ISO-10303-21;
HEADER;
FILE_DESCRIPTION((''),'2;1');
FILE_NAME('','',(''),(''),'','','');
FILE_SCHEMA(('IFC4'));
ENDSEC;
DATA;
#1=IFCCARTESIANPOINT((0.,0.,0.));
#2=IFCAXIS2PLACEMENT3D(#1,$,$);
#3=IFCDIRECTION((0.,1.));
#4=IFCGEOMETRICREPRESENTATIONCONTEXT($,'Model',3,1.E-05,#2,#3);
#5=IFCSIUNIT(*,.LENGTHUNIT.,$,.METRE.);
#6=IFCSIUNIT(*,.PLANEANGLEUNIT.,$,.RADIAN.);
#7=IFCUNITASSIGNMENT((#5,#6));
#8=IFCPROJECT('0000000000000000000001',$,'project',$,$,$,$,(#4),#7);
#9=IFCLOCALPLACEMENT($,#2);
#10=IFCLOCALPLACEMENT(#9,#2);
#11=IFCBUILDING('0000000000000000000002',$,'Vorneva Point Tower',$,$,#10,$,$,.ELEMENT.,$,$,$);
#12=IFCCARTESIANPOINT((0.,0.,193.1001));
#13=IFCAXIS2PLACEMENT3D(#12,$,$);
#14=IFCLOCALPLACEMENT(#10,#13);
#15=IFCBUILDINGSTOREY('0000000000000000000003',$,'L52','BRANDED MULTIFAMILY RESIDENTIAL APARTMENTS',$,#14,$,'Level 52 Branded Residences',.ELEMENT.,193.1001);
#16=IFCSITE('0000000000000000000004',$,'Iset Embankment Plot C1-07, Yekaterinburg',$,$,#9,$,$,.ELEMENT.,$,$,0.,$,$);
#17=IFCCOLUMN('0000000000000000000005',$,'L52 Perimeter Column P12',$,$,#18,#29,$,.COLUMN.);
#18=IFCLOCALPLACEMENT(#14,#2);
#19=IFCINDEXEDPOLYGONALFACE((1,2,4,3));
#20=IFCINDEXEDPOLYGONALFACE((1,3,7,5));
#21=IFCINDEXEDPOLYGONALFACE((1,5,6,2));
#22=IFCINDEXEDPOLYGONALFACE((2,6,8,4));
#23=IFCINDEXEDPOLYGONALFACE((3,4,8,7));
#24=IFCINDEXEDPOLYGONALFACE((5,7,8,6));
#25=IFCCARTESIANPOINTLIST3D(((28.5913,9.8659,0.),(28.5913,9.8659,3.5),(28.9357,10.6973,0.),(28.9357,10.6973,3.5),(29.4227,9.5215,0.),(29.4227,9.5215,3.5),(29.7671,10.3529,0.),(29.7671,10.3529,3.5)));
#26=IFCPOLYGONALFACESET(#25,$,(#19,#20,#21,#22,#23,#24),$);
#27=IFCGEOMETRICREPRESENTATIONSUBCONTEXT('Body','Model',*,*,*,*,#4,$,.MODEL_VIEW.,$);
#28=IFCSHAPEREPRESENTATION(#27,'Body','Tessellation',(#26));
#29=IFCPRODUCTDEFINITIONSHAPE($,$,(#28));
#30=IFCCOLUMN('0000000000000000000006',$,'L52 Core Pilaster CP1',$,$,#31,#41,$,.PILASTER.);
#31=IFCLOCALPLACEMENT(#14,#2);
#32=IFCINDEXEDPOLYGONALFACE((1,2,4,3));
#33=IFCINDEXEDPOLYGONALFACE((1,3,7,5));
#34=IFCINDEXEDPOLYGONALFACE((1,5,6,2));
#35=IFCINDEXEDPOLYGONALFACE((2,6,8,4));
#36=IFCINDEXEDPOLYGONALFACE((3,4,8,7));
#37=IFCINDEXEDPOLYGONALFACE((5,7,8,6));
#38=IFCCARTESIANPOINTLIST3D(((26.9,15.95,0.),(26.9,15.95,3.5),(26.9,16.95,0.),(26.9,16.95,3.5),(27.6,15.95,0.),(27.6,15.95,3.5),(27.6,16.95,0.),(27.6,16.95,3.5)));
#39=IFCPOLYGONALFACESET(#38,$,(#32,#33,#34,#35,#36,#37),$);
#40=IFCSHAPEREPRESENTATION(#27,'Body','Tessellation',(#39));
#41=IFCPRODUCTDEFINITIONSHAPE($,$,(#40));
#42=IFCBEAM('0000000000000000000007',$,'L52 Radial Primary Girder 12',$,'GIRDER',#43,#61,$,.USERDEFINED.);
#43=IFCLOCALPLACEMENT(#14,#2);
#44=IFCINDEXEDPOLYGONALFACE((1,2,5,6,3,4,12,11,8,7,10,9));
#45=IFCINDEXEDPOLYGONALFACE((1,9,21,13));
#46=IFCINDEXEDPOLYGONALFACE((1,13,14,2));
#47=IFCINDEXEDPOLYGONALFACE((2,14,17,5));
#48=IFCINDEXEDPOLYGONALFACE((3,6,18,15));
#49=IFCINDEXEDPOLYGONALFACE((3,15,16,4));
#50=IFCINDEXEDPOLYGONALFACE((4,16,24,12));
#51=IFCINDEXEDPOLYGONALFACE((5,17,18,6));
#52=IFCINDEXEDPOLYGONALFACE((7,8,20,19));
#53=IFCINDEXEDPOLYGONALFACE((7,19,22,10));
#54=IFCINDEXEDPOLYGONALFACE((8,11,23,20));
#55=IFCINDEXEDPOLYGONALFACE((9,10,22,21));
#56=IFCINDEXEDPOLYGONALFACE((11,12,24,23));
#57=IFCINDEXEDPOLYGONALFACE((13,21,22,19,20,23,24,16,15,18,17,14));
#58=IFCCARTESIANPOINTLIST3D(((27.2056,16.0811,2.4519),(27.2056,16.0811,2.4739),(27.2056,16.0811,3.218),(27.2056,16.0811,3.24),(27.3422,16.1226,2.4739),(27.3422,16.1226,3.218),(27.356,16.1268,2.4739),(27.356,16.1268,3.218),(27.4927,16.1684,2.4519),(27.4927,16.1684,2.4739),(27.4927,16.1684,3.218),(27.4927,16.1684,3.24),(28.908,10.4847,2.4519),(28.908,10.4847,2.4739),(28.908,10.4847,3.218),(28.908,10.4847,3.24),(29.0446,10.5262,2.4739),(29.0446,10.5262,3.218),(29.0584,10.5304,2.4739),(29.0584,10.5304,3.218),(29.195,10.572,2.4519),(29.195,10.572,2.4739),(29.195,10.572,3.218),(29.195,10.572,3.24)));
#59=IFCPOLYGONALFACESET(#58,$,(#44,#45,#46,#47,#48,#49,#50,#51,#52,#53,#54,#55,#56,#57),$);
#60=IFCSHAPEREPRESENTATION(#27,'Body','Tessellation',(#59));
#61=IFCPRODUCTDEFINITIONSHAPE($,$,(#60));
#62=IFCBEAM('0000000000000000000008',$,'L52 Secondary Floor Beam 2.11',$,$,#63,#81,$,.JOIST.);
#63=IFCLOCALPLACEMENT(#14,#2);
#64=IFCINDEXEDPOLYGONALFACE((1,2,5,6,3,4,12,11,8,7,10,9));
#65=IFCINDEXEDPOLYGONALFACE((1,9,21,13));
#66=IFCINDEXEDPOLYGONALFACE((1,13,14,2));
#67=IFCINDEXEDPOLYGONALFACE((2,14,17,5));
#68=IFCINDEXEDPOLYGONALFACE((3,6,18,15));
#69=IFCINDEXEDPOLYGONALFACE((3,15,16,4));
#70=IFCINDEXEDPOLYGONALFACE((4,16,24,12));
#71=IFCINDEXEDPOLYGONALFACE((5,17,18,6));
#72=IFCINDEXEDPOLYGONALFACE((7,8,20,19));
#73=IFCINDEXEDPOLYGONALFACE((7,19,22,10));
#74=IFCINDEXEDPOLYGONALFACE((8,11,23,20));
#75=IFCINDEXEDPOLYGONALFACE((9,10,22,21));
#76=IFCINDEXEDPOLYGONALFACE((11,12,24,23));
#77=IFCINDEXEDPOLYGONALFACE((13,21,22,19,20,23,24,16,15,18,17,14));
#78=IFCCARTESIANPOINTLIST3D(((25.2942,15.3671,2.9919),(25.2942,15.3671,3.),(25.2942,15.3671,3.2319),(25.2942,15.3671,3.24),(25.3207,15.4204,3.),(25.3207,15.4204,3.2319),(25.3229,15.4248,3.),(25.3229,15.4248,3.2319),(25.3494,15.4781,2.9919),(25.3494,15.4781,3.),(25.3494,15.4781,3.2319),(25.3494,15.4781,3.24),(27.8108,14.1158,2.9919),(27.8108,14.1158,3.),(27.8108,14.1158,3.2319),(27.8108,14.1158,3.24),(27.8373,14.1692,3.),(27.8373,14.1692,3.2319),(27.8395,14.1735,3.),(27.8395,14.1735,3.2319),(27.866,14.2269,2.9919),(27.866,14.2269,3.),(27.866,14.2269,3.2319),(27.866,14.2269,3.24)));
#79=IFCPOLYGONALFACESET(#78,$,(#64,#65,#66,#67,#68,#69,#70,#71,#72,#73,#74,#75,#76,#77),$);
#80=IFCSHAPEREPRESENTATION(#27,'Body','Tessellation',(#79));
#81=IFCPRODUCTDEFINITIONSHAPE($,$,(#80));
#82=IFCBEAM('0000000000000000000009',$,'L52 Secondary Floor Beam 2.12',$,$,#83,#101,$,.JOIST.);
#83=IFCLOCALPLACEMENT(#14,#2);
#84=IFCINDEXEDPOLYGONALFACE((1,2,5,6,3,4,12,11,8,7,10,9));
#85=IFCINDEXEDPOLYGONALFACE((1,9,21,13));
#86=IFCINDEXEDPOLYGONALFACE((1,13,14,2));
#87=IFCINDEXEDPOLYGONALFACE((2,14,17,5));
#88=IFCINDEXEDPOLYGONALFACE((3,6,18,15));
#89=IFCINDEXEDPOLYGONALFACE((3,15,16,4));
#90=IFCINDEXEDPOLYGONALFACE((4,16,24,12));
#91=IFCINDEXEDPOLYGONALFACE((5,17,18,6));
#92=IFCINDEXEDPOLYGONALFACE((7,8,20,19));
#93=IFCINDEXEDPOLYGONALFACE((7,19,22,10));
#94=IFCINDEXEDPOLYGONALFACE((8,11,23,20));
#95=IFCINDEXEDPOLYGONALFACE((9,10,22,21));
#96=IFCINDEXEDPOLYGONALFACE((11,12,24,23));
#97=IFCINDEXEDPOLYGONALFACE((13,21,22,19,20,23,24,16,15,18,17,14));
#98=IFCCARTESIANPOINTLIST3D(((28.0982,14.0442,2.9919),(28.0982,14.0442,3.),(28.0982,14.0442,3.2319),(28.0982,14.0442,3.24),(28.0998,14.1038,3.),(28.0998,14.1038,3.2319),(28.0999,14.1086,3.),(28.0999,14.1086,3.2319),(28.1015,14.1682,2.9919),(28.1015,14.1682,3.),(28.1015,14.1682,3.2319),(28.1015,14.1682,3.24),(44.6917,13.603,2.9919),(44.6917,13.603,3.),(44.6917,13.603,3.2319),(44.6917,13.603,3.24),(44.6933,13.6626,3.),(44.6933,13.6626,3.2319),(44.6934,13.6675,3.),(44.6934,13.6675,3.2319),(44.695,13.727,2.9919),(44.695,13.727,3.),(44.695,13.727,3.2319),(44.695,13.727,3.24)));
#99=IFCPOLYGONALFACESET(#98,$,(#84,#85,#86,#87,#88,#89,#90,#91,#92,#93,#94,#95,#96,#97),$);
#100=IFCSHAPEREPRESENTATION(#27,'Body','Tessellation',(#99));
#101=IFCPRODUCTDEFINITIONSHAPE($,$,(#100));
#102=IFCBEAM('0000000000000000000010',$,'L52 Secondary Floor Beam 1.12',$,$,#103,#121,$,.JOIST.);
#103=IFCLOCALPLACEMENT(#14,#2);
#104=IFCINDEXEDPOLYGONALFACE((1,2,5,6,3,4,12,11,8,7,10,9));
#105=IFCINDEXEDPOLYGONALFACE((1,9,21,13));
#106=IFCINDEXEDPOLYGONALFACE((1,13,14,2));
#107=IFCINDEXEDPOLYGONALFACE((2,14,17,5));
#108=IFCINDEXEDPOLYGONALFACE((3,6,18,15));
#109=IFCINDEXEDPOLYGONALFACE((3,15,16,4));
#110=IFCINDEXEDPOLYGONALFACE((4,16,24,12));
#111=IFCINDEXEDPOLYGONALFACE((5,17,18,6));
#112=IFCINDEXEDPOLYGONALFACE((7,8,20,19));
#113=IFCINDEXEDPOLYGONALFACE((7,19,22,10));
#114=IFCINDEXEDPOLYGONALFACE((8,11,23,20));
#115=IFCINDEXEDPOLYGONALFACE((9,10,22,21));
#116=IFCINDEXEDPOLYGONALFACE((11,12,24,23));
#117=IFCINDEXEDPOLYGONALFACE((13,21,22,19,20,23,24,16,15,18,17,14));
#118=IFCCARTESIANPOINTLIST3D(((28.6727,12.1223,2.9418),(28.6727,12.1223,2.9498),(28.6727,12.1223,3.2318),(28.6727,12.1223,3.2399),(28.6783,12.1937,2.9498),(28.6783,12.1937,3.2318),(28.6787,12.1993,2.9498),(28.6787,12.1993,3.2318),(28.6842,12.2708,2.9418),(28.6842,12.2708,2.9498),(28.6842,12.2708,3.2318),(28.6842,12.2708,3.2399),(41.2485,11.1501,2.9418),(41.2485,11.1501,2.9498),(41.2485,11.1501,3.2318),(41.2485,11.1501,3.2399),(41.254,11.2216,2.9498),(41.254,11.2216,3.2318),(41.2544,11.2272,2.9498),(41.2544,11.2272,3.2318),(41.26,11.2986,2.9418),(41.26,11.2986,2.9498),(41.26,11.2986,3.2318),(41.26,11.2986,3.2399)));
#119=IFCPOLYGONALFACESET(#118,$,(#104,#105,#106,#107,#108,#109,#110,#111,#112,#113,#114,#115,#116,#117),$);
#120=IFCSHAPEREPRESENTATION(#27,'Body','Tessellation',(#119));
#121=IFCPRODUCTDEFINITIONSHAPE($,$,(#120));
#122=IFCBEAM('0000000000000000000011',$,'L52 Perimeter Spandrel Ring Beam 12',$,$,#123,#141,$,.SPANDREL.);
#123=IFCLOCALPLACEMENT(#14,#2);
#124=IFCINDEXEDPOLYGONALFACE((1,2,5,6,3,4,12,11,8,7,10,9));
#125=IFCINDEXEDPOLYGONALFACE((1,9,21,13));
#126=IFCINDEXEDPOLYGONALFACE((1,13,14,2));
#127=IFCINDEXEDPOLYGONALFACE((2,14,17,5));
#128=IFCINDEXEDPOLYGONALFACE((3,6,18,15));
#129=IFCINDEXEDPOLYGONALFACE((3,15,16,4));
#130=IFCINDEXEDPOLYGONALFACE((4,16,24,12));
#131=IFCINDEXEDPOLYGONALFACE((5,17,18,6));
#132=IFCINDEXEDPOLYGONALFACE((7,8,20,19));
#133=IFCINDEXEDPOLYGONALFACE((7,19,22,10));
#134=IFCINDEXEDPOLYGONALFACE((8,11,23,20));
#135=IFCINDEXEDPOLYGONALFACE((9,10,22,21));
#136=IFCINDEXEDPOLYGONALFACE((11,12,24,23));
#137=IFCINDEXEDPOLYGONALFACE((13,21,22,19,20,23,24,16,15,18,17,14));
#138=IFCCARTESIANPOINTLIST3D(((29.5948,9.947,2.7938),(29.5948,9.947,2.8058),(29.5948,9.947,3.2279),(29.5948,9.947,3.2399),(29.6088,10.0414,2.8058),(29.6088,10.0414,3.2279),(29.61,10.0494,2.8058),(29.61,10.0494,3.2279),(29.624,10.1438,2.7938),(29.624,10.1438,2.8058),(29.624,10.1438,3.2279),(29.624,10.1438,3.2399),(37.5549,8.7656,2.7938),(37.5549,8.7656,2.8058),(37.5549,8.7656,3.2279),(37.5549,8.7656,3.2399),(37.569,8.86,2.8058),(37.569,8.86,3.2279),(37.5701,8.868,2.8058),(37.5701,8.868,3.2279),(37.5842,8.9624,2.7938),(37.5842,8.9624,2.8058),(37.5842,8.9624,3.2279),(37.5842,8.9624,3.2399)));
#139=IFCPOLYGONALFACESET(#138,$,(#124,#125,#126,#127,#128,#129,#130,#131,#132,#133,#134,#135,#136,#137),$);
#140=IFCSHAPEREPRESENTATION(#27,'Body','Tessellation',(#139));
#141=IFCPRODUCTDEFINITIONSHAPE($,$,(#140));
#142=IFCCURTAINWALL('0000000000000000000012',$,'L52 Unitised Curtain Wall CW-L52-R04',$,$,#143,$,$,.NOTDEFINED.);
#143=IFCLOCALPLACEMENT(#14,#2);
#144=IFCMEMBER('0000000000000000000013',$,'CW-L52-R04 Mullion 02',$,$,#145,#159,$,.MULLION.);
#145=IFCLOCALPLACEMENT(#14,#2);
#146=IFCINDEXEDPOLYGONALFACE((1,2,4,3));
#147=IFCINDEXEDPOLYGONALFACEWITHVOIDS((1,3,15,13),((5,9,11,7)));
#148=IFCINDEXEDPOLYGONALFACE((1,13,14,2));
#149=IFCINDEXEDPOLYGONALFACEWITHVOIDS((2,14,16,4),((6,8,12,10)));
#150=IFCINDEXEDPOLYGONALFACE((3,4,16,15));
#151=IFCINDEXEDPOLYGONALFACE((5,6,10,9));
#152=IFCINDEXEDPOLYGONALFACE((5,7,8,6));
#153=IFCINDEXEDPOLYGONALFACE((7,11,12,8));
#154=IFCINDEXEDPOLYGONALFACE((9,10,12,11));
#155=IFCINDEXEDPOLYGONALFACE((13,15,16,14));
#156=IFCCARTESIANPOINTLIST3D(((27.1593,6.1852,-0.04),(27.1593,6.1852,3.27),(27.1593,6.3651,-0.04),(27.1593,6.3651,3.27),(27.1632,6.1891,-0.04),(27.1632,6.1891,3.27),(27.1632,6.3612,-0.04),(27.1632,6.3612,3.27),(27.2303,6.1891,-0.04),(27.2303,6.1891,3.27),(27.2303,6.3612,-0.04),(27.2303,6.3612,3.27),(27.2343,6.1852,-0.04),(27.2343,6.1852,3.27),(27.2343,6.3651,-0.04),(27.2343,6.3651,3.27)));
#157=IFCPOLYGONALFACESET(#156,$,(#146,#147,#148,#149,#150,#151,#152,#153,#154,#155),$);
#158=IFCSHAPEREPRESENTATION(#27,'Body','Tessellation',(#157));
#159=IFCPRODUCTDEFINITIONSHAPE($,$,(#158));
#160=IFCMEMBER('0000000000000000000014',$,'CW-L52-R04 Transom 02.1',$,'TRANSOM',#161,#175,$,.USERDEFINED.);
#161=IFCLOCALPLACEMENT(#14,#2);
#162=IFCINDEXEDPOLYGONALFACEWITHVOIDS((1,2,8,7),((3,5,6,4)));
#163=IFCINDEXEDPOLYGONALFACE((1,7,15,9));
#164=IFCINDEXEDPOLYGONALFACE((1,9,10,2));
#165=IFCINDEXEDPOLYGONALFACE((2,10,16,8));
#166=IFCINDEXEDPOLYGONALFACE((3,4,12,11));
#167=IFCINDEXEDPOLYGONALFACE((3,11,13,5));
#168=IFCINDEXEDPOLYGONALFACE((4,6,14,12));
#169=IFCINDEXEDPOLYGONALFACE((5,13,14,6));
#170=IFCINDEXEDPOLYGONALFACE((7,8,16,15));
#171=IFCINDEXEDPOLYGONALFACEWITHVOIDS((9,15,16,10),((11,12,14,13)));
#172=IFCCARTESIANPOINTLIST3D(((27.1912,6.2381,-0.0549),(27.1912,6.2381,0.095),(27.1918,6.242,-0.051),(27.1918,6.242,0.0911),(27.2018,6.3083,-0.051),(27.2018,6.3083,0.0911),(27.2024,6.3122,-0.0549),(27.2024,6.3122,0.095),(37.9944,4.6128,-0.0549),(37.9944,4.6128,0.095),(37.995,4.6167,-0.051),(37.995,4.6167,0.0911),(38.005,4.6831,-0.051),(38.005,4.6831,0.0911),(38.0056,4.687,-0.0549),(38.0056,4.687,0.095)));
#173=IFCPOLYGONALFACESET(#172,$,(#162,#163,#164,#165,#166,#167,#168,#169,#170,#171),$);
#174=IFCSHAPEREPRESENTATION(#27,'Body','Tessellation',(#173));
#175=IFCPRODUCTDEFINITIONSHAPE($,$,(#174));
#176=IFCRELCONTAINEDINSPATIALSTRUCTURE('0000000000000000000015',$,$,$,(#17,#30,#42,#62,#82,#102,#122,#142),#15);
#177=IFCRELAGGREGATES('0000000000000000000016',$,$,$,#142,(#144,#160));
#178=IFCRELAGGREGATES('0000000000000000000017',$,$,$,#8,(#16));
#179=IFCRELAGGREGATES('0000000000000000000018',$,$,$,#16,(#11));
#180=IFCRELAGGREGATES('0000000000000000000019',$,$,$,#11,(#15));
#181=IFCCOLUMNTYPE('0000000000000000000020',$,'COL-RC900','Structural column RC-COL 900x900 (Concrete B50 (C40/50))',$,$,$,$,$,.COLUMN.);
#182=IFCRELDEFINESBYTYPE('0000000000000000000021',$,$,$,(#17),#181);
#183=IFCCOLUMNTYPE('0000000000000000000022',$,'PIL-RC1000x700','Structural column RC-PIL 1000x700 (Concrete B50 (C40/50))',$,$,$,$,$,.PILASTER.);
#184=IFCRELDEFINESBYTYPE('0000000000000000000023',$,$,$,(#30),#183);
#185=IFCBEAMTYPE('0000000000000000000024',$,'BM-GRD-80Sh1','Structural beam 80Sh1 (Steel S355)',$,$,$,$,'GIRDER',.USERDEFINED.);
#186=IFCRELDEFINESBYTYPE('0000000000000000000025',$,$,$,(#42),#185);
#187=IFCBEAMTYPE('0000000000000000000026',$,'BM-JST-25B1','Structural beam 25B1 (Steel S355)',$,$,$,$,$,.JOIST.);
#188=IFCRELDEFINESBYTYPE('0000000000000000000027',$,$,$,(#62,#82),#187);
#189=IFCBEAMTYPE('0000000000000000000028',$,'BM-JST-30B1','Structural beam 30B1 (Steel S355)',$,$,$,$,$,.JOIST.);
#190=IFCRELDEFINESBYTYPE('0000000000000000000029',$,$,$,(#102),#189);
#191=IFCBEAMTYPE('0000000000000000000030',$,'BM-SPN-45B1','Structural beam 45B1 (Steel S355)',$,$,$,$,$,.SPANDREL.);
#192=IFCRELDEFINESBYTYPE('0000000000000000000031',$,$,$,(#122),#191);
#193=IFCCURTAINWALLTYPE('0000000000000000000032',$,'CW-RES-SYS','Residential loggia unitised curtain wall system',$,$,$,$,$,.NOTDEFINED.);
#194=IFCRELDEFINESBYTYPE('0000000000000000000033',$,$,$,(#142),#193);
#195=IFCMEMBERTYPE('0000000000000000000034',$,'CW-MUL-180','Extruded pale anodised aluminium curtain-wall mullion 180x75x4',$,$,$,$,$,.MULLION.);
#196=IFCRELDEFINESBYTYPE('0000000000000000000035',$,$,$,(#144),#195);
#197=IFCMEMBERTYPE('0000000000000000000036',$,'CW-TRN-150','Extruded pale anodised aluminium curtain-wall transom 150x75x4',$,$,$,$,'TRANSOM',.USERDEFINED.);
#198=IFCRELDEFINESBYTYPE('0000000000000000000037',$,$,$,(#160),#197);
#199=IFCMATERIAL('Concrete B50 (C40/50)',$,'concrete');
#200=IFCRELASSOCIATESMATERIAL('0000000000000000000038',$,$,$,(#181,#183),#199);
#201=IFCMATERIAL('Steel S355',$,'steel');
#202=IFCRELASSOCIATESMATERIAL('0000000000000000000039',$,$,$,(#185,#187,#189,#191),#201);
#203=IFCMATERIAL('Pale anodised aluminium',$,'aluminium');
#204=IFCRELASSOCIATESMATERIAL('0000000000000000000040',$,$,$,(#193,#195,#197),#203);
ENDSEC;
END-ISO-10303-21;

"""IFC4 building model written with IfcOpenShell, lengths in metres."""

from ifc_helpers import new_model, si_unit, direction, frame, origin, origin_2d, place, context, subcontext, project, spatial, rectangle, hollow_rectangle, i_section, extrude, material, material_profile, profile_set, type_object, element, aggregate, save


model = new_model("IFC4")

# Units and contexts
model_context = context("Model", 3, precision=1e-05, world=origin(), true_north=direction((0.0, 1.0)))
body_context = subcontext(model_context, "Body", "Model", "MODEL_VIEW")
ifc_project = project(units=[si_unit("LENGTHUNIT", "METRE"), si_unit("PLANEANGLEUNIT", "RADIAN")], contexts=[model_context])

# Site, building, storey
site_placement = place(None, origin())
site = spatial("IfcSite", under=ifc_project, at=site_placement, Name="Iset Embankment Plot C1-07, Yekaterinburg", CompositionType="ELEMENT", RefElevation=0.0)
building_placement = place(site_placement, origin())
building = spatial("IfcBuilding", under=site, at=building_placement, Name="Vorneva Point Tower", CompositionType="ELEMENT")
storey_placement = place(building_placement, frame((0.0, 0.0, 193.1001)))
storey = spatial("IfcBuildingStorey", under=building, at=storey_placement, Name="L52", Description="BRANDED MULTIFAMILY RESIDENTIAL APARTMENTS", LongName="Level 52 Branded Residences", CompositionType="ELEMENT", Elevation=193.1001)

# Columns
ifc_material_1 = material(Name="Concrete B50 (C40/50)", Category="concrete")
ifc_material_profile_1 = material_profile(ifc_material_1, rectangle(XDim=0.8999, YDim=0.8999, at=origin_2d()), Name="RC-COL 900x900")
ifc_profile_set_1 = profile_set([ifc_material_profile_1], Name="Concrete B50 (C40/50)")
column_type_1 = type_object("IfcColumnType", Name="COL-RC900", Description="Structural column RC-COL 900x900 (Concrete B50 (C40/50))", PredefinedType="COLUMN", material=ifc_profile_set_1)
column_1_placement = place(storey_placement, frame((29.1792, 10.1094, 0.0), z_axis=(0.0, 0.0, 1.0), x_axis=(-0.382683, -0.92388, 0.0)))
element("IfcColumn", 1, at=column_1_placement, inside=storey, type_object=column_type_1, Name="L52 Perimeter Column P12", PredefinedType="COLUMN", context=body_context, shape_type="SweptSolid", body=[
    extrude(rectangle(XDim=0.8999, YDim=0.8999, at=origin_2d()), origin(), (0.0, 0.0, 1.0), 3.5),
])
ifc_material_profile_2 = material_profile(ifc_material_1, rectangle(XDim=0.7, YDim=1.0, at=origin_2d()), Name="RC-PIL 1000x700")
ifc_profile_set_2 = profile_set([ifc_material_profile_2], Name="Concrete B50 (C40/50)")
column_type_2 = type_object("IfcColumnType", Name="PIL-RC1000x700", Description="Structural column RC-PIL 1000x700 (Concrete B50 (C40/50))", PredefinedType="PILASTER", material=ifc_profile_set_2)
column_2_placement = place(storey_placement, frame((27.25, 16.45, 0.0), z_axis=(0.0, 0.0, 1.0), x_axis=(1.0, 0.0, 0.0)))
element("IfcColumn", 2, at=column_2_placement, inside=storey, type_object=column_type_2, Name="L52 Core Pilaster CP1", PredefinedType="PILASTER", context=body_context, shape_type="SweptSolid", body=[
    extrude(rectangle(XDim=0.7, YDim=1.0, at=origin_2d()), origin(), (0.0, 0.0, 1.0), 3.5),
])

# Beams
ifc_material_2 = material(Name="Steel S355", Category="steel")
ifc_material_profile_3 = material_profile(ifc_material_2, i_section(OverallWidth=0.3, OverallDepth=0.7881, WebThickness=0.0144, FlangeThickness=0.022, at=origin_2d()), Name="80Sh1")
ifc_profile_set_3 = profile_set([ifc_material_profile_3], Name="Steel S355")
beam_type_1 = type_object("IfcBeamType", Name="BM-GRD-80Sh1", Description="Structural beam 80Sh1 (Steel S355)", ElementType="GIRDER", PredefinedType="USERDEFINED", material=ifc_profile_set_3)
beam_1_placement = place(storey_placement, frame((29.0515, 10.5283, 2.8459), z_axis=(-0.291025, 0.956715, 0.0), x_axis=(-0.956715, -0.291025, 0.0)))
element("IfcBeam", 3, at=beam_1_placement, inside=storey, type_object=beam_type_1, Name="L52 Radial Primary Girder 12", ObjectType="GIRDER", PredefinedType="USERDEFINED", context=body_context, shape_type="SweptSolid", body=[
    extrude(i_section(OverallWidth=0.3, OverallDepth=0.7881, WebThickness=0.0144, FlangeThickness=0.022, at=origin_2d()), origin(), (0.0, 0.0, 1.0), 5.8496),
])
ifc_material_profile_4 = material_profile(ifc_material_2, i_section(OverallWidth=0.124, OverallDepth=0.248, WebThickness=0.0049, FlangeThickness=0.0081, at=origin_2d()), Name="25B1")
ifc_profile_set_4 = profile_set([ifc_material_profile_4], Name="Steel S355")
beam_type_2 = type_object("IfcBeamType", Name="BM-JST-25B1", Description="Structural beam 25B1 (Steel S355)", PredefinedType="JOIST", material=ifc_profile_set_4)
beam_2_placement = place(storey_placement, frame((25.3218, 15.4226, 3.116), z_axis=(0.895433, -0.445197, 0.0), x_axis=(0.445197, 0.895433, 0.0)))
element("IfcBeam", 4, at=beam_2_placement, inside=storey, type_object=beam_type_2, Name="L52 Secondary Floor Beam 2.11", PredefinedType="JOIST", context=body_context, shape_type="SweptSolid", body=[
    extrude(i_section(OverallWidth=0.124, OverallDepth=0.248, WebThickness=0.0049, FlangeThickness=0.0081, at=origin_2d()), origin(), (0.0, 0.0, 1.0), 2.8105),
])
beam_3_placement = place(storey_placement, frame((28.0999, 14.1062, 3.116), z_axis=(0.999647, -0.026577, 0.0), x_axis=(0.026577, 0.999647, 0.0)))
element("IfcBeam", 5, at=beam_3_placement, inside=storey, type_object=beam_type_2, Name="L52 Secondary Floor Beam 2.12", PredefinedType="JOIST", context=body_context, shape_type="SweptSolid", body=[
    extrude(i_section(OverallWidth=0.124, OverallDepth=0.248, WebThickness=0.0049, FlangeThickness=0.0081, at=origin_2d()), origin(), (0.0, 0.0, 1.0), 16.5994),
])
ifc_material_profile_5 = material_profile(ifc_material_2, i_section(OverallWidth=0.1489, OverallDepth=0.2981, WebThickness=0.0056, FlangeThickness=0.0081, at=origin_2d()), Name="30B1")
ifc_profile_set_5 = profile_set([ifc_material_profile_5], Name="Steel S355")
beam_type_3 = type_object("IfcBeamType", Name="BM-JST-30B1", Description="Structural beam 30B1 (Steel S355)", PredefinedType="JOIST", material=ifc_profile_set_5)
beam_4_placement = place(storey_placement, frame((28.6785, 12.1965, 3.0908), z_axis=(0.997025, -0.077075, 0.0), x_axis=(0.077075, 0.997025, 0.0)))
element("IfcBeam", 6, at=beam_4_placement, inside=storey, type_object=beam_type_3, Name="L52 Secondary Floor Beam 1.12", PredefinedType="JOIST", context=body_context, shape_type="SweptSolid", body=[
    extrude(i_section(OverallWidth=0.1489, OverallDepth=0.2981, WebThickness=0.0056, FlangeThickness=0.0081, at=origin_2d()), origin(), (0.0, 0.0, 1.0), 12.6133),
])
ifc_material_profile_6 = material_profile(ifc_material_2, i_section(OverallWidth=0.199, OverallDepth=0.446, WebThickness=0.0081, FlangeThickness=0.012, at=origin_2d()), Name="45B1")
ifc_profile_set_6 = profile_set([ifc_material_profile_6], Name="Steel S355")
beam_type_4 = type_object("IfcBeamType", Name="BM-SPN-45B1", Description="Structural beam 45B1 (Steel S355)", PredefinedType="SPANDREL", material=ifc_profile_set_6)
beam_5_placement = place(storey_placement, frame((29.6094, 10.0454, 3.0168), z_axis=(0.989165, -0.146805, 0.0), x_axis=(0.146805, 0.989165, 0.0)))
element("IfcBeam", 7, at=beam_5_placement, inside=storey, type_object=beam_type_4, Name="L52 Perimeter Spandrel Ring Beam 12", PredefinedType="SPANDREL", context=body_context, shape_type="SweptSolid", body=[
    extrude(i_section(OverallWidth=0.199, OverallDepth=0.446, WebThickness=0.0081, FlangeThickness=0.012, at=origin_2d()), origin(), (0.0, 0.0, 1.0), 8.0474),
])

# Curtain wall, members
ifc_material_3 = material(Name="Pale anodised aluminium", Category="aluminium")
curtain_wall_type = type_object("IfcCurtainWallType", Name="CW-RES-SYS", Description="Residential loggia unitised curtain wall system", PredefinedType="NOTDEFINED", material=ifc_material_3)
curtain_wall_placement = place(storey_placement, origin())
curtain_wall = element("IfcCurtainWall", 8, at=curtain_wall_placement, inside=storey, type_object=curtain_wall_type, Name="L52 Unitised Curtain Wall CW-L52-R04", PredefinedType="NOTDEFINED")
ifc_material_profile_7 = material_profile(ifc_material_3, hollow_rectangle(XDim=0.075, YDim=0.1799, WallThickness=0.0039, at=origin_2d()), Name="AL-MUL 180x75x4")
ifc_profile_set_7 = profile_set([ifc_material_profile_7], Name="Pale anodised aluminium")
member_type_1 = type_object("IfcMemberType", Name="CW-MUL-180", Description="Extruded pale anodised aluminium curtain-wall mullion 180x75x4", PredefinedType="MULLION", material=ifc_profile_set_7)
member_1_placement = place(storey_placement, frame((27.1968, 6.2751, -0.04), z_axis=(0.0, 0.0, 1.0), x_axis=(1.0, 0.0, 0.0)))
member_1 = element("IfcMember", 9, at=member_1_placement, type_object=member_type_1, Name="CW-L52-R04 Mullion 02", PredefinedType="MULLION", context=body_context, shape_type="SweptSolid", body=[
    extrude(hollow_rectangle(XDim=0.075, YDim=0.1799, WallThickness=0.0039, at=origin_2d()), origin(), (0.0, 0.0, 1.0), 3.3101),
])
ifc_material_profile_8 = material_profile(ifc_material_3, hollow_rectangle(XDim=0.075, YDim=0.1499, WallThickness=0.0039, at=origin_2d()), Name="AL-TRN 150x75x4")
ifc_profile_set_8 = profile_set([ifc_material_profile_8], Name="Pale anodised aluminium")
member_type_2 = type_object("IfcMemberType", Name="CW-TRN-150", Description="Extruded pale anodised aluminium curtain-wall transom 150x75x4", ElementType="TRANSOM", PredefinedType="USERDEFINED", material=ifc_profile_set_8)
member_2_placement = place(storey_placement, frame((27.1968, 6.2751, 0.02), z_axis=(0.988872, -0.148767, 0.0), x_axis=(0.148767, 0.988872, 0.0)))
member_2 = element("IfcMember", 10, at=member_2_placement, type_object=member_type_2, Name="CW-L52-R04 Transom 02.1", ObjectType="TRANSOM", PredefinedType="USERDEFINED", context=body_context, shape_type="SweptSolid", body=[
    extrude(hollow_rectangle(XDim=0.075, YDim=0.1499, WallThickness=0.0039, at=origin_2d()), origin(), (0.0, 0.0, 1.0), 10.9248),
])
aggregate(curtain_wall, [member_1, member_2])

save(model, "model.ifc")
